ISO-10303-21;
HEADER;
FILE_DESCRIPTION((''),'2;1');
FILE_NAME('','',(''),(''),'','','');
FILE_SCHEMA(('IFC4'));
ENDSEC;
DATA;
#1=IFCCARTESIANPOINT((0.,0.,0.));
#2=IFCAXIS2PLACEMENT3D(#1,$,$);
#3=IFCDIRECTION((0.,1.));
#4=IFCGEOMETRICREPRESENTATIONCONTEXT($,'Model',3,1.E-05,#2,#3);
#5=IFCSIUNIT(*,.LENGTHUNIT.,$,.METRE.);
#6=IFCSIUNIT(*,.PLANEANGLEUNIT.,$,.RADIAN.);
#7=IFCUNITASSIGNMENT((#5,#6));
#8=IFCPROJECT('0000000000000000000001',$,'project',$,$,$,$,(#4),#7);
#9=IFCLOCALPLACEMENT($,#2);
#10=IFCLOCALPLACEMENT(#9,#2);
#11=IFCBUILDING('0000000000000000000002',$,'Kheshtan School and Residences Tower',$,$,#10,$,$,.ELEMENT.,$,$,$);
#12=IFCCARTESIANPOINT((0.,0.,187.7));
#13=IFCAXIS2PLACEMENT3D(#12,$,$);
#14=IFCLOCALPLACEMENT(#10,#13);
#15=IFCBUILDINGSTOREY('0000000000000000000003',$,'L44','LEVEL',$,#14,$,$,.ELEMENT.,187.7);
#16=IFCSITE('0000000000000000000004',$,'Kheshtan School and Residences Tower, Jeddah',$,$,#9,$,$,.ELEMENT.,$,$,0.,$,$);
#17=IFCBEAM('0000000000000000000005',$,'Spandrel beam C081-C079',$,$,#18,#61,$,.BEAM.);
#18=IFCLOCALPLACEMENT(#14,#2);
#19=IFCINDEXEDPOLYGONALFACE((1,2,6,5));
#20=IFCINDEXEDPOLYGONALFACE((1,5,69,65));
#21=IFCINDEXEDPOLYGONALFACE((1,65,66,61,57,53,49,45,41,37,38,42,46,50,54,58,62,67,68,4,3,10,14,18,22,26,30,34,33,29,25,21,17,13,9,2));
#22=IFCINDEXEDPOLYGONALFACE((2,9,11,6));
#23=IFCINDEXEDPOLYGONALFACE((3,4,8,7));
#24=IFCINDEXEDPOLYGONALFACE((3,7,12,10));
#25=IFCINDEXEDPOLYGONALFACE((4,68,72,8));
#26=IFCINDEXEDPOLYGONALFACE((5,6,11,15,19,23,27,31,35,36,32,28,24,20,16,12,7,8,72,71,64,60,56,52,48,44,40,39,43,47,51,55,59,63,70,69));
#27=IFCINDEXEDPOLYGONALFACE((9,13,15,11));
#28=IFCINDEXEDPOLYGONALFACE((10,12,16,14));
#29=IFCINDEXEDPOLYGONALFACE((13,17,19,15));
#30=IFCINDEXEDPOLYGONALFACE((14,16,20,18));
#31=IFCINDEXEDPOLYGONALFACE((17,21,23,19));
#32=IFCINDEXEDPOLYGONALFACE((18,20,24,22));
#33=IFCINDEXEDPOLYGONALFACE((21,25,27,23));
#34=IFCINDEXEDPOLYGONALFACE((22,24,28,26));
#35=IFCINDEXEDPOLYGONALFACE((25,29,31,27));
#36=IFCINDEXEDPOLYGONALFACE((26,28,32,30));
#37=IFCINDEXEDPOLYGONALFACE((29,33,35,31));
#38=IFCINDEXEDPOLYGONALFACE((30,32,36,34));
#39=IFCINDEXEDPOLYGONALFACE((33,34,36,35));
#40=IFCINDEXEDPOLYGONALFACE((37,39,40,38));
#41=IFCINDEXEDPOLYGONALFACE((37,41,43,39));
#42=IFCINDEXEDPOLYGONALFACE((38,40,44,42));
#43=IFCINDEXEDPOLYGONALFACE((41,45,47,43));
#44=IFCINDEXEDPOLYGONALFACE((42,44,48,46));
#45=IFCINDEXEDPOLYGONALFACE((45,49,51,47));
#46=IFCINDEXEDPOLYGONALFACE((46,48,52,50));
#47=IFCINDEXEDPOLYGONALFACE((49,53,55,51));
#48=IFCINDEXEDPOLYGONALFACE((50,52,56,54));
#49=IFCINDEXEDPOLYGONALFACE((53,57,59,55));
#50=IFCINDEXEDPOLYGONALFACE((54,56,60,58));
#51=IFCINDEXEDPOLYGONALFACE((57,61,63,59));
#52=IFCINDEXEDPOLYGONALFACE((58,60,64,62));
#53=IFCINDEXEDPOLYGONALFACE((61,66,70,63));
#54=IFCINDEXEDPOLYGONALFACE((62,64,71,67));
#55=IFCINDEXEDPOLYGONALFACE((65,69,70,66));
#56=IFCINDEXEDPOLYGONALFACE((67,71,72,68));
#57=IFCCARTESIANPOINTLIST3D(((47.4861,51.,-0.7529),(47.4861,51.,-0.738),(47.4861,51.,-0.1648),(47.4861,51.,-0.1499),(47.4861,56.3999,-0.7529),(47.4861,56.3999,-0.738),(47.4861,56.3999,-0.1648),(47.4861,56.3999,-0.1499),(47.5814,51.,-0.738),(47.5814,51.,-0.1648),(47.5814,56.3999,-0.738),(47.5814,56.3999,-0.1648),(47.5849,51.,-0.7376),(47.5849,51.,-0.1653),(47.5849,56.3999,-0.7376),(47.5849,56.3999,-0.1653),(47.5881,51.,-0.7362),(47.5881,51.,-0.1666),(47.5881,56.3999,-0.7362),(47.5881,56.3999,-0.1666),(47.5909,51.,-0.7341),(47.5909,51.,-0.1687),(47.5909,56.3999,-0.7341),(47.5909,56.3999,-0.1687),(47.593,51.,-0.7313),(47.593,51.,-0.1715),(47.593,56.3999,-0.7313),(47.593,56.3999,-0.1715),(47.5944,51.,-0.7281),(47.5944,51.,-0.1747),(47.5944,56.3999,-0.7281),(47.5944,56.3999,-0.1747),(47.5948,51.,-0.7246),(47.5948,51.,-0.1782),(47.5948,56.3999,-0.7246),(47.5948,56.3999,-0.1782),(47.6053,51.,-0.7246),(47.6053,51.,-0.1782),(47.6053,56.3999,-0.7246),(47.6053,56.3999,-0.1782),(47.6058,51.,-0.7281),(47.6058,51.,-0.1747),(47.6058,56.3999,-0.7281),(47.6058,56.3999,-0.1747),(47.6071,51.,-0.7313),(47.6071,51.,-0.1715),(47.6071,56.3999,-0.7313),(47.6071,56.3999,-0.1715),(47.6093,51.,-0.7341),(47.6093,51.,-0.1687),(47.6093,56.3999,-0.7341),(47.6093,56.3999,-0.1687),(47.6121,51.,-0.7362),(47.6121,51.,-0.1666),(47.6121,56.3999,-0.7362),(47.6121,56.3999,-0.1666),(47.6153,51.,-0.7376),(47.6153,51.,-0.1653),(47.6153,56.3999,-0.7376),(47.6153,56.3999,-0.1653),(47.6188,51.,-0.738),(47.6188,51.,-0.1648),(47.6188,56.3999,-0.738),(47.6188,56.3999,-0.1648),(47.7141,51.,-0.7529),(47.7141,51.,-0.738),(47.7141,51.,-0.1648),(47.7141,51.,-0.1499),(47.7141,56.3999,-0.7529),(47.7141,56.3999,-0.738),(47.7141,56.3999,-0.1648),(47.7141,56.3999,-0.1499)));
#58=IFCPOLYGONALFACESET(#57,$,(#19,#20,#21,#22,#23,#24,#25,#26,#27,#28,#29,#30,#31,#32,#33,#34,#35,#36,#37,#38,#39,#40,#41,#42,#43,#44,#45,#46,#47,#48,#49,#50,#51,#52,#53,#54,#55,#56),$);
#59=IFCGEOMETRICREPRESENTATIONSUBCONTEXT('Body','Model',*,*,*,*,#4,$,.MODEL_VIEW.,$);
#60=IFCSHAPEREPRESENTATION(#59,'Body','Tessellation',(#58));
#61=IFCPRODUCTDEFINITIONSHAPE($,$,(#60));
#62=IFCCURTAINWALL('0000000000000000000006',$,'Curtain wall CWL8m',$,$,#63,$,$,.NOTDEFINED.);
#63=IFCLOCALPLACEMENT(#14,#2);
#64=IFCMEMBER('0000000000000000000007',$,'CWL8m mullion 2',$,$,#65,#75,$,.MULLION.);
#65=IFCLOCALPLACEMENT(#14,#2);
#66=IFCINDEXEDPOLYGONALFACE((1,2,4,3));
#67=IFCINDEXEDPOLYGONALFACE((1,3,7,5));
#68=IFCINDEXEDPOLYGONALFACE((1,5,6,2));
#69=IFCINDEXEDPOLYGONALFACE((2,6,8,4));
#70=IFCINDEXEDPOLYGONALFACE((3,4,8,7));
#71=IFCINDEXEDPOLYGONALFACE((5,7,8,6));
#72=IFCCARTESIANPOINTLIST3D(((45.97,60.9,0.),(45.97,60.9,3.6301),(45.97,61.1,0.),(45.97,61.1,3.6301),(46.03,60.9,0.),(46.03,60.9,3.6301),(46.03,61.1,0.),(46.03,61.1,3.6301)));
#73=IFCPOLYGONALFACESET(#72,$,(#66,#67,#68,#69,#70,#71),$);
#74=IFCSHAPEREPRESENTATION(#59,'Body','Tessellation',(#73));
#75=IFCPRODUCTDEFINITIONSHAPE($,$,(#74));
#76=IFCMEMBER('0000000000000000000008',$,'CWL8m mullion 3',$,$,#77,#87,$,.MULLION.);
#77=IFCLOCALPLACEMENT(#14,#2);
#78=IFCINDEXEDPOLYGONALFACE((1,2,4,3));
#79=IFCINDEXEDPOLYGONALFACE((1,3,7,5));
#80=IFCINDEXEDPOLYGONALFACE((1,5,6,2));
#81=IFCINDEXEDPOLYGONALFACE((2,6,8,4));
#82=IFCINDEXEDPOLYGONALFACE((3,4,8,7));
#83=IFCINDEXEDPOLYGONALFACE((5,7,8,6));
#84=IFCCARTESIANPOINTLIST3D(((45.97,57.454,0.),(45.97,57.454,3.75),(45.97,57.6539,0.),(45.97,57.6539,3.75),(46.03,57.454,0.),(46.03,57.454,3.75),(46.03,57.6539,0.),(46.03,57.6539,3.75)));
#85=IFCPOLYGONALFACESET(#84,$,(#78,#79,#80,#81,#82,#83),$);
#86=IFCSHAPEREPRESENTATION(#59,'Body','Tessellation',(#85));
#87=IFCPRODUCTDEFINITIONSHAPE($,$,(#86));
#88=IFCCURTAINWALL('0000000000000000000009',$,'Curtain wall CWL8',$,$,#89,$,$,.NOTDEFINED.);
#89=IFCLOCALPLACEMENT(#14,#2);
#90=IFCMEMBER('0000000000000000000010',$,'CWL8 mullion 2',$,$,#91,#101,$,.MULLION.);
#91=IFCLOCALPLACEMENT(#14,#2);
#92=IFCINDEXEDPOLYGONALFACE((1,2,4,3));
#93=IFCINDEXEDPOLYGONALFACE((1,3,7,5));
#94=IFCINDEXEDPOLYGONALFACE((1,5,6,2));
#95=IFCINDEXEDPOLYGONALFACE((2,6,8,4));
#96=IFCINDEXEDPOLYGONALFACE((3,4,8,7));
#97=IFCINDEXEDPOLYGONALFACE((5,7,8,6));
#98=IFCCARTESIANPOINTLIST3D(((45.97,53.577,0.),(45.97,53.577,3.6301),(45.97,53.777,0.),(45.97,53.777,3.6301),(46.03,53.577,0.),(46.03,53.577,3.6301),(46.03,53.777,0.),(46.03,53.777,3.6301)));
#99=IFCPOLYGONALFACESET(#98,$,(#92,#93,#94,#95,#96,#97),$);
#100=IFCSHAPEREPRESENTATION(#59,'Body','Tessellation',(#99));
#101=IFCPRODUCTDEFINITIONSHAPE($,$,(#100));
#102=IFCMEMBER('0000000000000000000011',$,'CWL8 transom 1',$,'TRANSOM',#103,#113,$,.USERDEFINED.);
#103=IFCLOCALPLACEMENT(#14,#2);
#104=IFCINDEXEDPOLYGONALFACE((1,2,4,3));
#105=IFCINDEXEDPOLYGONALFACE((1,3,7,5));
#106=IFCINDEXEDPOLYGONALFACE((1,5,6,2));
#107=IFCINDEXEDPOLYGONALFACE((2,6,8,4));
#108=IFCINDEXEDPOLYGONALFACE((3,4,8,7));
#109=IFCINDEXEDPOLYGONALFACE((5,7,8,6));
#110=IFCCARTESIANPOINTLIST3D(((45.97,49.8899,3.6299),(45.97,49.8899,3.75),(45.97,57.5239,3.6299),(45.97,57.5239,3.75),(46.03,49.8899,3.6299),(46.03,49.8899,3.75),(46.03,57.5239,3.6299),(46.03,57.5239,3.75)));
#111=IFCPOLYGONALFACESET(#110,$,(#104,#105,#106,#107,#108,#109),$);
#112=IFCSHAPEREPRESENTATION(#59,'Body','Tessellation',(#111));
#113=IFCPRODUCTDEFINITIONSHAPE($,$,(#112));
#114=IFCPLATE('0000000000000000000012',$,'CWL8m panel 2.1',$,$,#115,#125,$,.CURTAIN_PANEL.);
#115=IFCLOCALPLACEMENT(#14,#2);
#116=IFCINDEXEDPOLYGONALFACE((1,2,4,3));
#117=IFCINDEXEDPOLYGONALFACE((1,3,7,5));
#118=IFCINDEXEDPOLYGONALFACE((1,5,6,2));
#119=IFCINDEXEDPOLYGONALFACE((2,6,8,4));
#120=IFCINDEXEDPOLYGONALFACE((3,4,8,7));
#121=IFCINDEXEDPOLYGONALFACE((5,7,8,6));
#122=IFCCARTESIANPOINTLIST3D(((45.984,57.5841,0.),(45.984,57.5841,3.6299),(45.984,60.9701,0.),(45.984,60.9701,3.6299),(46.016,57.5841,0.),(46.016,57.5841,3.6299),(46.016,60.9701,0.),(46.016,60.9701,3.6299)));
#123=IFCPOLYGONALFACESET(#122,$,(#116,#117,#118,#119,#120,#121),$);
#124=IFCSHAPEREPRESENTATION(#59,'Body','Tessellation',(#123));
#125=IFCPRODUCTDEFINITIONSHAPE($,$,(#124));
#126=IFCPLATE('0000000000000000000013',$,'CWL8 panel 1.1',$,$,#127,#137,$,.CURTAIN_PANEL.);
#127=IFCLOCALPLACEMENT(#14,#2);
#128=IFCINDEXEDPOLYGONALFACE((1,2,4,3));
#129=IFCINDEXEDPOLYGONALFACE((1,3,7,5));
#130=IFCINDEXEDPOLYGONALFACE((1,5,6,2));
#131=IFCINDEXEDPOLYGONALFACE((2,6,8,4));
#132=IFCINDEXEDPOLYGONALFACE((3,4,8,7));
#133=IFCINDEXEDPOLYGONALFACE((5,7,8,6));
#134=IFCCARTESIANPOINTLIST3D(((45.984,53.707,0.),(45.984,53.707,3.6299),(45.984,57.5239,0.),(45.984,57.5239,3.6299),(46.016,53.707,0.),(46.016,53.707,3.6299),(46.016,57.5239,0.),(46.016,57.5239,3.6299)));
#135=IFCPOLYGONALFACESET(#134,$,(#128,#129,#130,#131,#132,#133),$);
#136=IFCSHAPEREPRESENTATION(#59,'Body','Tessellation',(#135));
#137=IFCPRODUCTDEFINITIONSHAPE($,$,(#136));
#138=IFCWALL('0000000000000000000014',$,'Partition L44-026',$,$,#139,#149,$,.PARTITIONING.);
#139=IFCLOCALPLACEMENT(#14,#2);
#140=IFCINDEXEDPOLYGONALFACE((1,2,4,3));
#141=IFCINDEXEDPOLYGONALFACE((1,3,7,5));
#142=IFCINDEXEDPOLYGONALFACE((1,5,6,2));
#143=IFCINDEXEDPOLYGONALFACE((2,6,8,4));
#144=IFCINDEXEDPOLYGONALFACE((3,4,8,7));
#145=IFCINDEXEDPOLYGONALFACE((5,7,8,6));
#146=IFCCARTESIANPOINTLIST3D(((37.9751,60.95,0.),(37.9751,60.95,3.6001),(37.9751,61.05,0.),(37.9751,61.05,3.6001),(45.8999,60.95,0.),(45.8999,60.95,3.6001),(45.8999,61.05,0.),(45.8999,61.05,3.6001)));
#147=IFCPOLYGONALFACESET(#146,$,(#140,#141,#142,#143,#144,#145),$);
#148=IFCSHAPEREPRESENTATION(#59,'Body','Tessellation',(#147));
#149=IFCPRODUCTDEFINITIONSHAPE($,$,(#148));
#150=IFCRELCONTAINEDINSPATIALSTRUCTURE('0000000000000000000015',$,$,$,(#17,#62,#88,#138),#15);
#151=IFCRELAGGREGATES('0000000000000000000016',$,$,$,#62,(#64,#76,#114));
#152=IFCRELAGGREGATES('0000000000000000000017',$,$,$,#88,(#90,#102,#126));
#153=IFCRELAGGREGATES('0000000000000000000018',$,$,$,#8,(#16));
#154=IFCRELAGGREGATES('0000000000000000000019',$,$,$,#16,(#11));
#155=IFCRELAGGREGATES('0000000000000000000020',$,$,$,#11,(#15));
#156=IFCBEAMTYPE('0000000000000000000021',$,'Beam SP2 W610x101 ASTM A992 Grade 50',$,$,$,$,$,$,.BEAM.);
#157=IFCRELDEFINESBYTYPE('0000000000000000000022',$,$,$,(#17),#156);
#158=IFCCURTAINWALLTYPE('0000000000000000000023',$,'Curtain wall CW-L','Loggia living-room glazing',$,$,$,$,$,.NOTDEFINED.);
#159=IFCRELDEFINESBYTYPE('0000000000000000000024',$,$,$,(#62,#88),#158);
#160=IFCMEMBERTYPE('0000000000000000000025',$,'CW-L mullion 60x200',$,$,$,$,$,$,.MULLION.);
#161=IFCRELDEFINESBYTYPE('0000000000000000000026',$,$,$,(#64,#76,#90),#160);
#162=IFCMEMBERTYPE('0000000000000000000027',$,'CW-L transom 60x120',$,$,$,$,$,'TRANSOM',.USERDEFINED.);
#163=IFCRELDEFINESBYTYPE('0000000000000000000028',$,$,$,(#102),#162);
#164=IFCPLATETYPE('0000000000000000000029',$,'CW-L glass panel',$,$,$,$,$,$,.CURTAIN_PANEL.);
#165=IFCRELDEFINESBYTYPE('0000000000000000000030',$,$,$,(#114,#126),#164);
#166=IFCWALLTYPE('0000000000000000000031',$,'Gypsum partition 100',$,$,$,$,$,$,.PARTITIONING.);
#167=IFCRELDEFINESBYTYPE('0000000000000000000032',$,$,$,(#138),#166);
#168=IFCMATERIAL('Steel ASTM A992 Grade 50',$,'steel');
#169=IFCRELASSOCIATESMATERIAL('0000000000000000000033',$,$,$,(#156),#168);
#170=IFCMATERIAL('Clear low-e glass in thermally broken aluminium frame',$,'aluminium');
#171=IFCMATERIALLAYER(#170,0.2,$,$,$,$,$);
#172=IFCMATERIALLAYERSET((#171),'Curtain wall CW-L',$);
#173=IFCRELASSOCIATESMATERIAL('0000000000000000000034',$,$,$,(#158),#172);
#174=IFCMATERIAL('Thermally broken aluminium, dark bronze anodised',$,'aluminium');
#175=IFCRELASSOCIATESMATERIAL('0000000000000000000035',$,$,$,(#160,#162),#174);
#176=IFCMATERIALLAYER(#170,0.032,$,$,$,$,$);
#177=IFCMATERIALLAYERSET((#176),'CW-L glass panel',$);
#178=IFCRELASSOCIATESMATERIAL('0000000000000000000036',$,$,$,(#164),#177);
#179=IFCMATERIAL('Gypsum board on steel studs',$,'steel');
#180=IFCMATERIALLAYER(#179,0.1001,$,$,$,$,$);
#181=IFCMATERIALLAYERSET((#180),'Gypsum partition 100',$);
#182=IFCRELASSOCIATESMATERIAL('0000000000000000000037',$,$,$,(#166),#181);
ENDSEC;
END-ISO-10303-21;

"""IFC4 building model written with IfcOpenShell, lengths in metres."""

from ifc_helpers import new_model, si_unit, direction, frame, frame_2d, origin, origin_2d, place, context, subcontext, project, spatial, rectangle, i_section, extrude, material, layer, layer_set, material_profile, profile_set, type_object, element, aggregate, save


model = new_model("IFC4")

# Units and contexts
model_context = context("Model", 3, precision=1e-05, world=origin(), true_north=direction((0.0, 1.0)))
body_context = subcontext(model_context, "Body", "Model", "MODEL_VIEW")
ifc_project = project(units=[si_unit("LENGTHUNIT", "METRE"), si_unit("PLANEANGLEUNIT", "RADIAN")], contexts=[model_context])

# Site, building, storey
site_placement = place(None, origin())
site = spatial("IfcSite", under=ifc_project, at=site_placement, Name="Kheshtan School and Residences Tower, Jeddah", CompositionType="ELEMENT", RefElevation=0.0)
building_placement = place(site_placement, origin())
building = spatial("IfcBuilding", under=site, at=building_placement, Name="Kheshtan School and Residences Tower", CompositionType="ELEMENT")
storey_placement = place(building_placement, frame((0.0, 0.0, 187.7)))
storey = spatial("IfcBuildingStorey", under=building, at=storey_placement, Name="L44", Description="LEVEL", CompositionType="ELEMENT", Elevation=187.7)

# Shared definitions
ifc_material_1 = material(Name="Steel ASTM A992 Grade 50", Category="steel")

# Beam
ifc_material_profile_1 = material_profile(ifc_material_1, i_section(OverallWidth=0.228, OverallDepth=0.603, WebThickness=0.0105, FlangeThickness=0.0149, FilletRadius=0.0134, at=origin_2d()), Name="W610x101")
ifc_profile_set_1 = profile_set([ifc_material_profile_1], Name="Steel ASTM A992 Grade 50")
beam_type_1 = type_object("IfcBeamType", Name="Beam SP2 W610x101 ASTM A992 Grade 50", PredefinedType="BEAM", material=ifc_profile_set_1)
beam_1_placement = place(storey_placement, frame((47.6001, 56.3999, -0.4514), z_axis=(0.0, -1.0, 0.0), x_axis=(1.0, 0.0, 0.0)))
element("IfcBeam", 1, at=beam_1_placement, inside=storey, type_object=beam_type_1, Name="Spandrel beam C081-C079", PredefinedType="BEAM", context=body_context, shape_type="SweptSolid", body=[
    extrude(i_section(OverallWidth=0.228, OverallDepth=0.603, WebThickness=0.0105, FlangeThickness=0.0149, FilletRadius=0.0134, at=origin_2d()), origin(), (0.0, 0.0, 1.0), 5.3999),
])

# Curtain walls, members
ifc_material_2 = material(Name="Clear low-e glass in thermally broken aluminium frame", Category="aluminium")
ifc_layer_1 = layer(ifc_material_2, 0.2)
ifc_layer_set_1 = layer_set([ifc_layer_1], Name="Curtain wall CW-L")
curtain_wall_type = type_object("IfcCurtainWallType", Name="Curtain wall CW-L", Description="Loggia living-room glazing", PredefinedType="NOTDEFINED", material=ifc_layer_set_1)
curtain_wall_1_placement = place(storey_placement, origin())
curtain_wall_1 = element("IfcCurtainWall", 2, at=curtain_wall_1_placement, inside=storey, type_object=curtain_wall_type, Name="Curtain wall CWL8m", PredefinedType="NOTDEFINED")
ifc_material_3 = material(Name="Thermally broken aluminium, dark bronze anodised", Category="aluminium")
ifc_material_profile_2 = material_profile(ifc_material_3, rectangle(XDim=0.0601, YDim=0.2, at=origin_2d()), Name="CW-L mullion 60x200")
ifc_profile_set_2 = profile_set([ifc_material_profile_2], Name="Thermally broken aluminium, dark bronze anodised")
member_type_1 = type_object("IfcMemberType", Name="CW-L mullion 60x200", PredefinedType="MULLION", material=ifc_profile_set_2)
member_1_placement = place(storey_placement, frame((46.0, 61.0, 0.0), z_axis=(0.0, 0.0, 1.0), x_axis=(1.0, 0.0, 0.0)))
member_1 = element("IfcMember", 3, at=member_1_placement, type_object=member_type_1, Name="CWL8m mullion 2", PredefinedType="MULLION", context=body_context, shape_type="SweptSolid", body=[
    extrude(rectangle(XDim=0.0601, YDim=0.2, at=origin_2d()), origin(), (0.0, 0.0, 1.0), 3.6301),
])
member_2_placement = place(storey_placement, frame((46.0, 57.554, 0.0), z_axis=(0.0, 0.0, 1.0), x_axis=(1.0, 0.0, 0.0)))
member_2 = element("IfcMember", 4, at=member_2_placement, type_object=member_type_1, Name="CWL8m mullion 3", PredefinedType="MULLION", context=body_context, shape_type="SweptSolid", body=[
    extrude(rectangle(XDim=0.0601, YDim=0.2, at=origin_2d()), origin(), (0.0, 0.0, 1.0), 3.75),
])
curtain_wall_2_placement = place(storey_placement, origin())
curtain_wall_2 = element("IfcCurtainWall", 5, at=curtain_wall_2_placement, inside=storey, type_object=curtain_wall_type, Name="Curtain wall CWL8", PredefinedType="NOTDEFINED")
member_3_placement = place(storey_placement, frame((46.0, 53.677, 0.0), z_axis=(0.0, 0.0, 1.0), x_axis=(1.0, 0.0, 0.0)))
member_3 = element("IfcMember", 6, at=member_3_placement, type_object=member_type_1, Name="CWL8 mullion 2", PredefinedType="MULLION", context=body_context, shape_type="SweptSolid", body=[
    extrude(rectangle(XDim=0.0601, YDim=0.2, at=origin_2d()), origin(), (0.0, 0.0, 1.0), 3.6301),
])
ifc_material_profile_3 = material_profile(ifc_material_3, rectangle(XDim=0.0601, YDim=0.1201, at=origin_2d()), Name="CW-L transom 60x120")
ifc_profile_set_3 = profile_set([ifc_material_profile_3], Name="Thermally broken aluminium, dark bronze anodised")
member_type_2 = type_object("IfcMemberType", Name="CW-L transom 60x120", ElementType="TRANSOM", PredefinedType="USERDEFINED", material=ifc_profile_set_3)
member_4_placement = place(storey_placement, frame((46.0, 57.5239, 3.6899), z_axis=(0.0, -1.0, 0.0), x_axis=(1.0, 0.0, 0.0)))
member_4 = element("IfcMember", 7, at=member_4_placement, type_object=member_type_2, Name="CWL8 transom 1", ObjectType="TRANSOM", PredefinedType="USERDEFINED", context=body_context, shape_type="SweptSolid", body=[
    extrude(rectangle(XDim=0.0601, YDim=0.1201, at=origin_2d()), origin(), (0.0, 0.0, 1.0), 7.634),
])

# Plates
ifc_layer_2 = layer(ifc_material_2, 0.032)
ifc_layer_set_2 = layer_set([ifc_layer_2], Name="CW-L glass panel")
plate_type = type_object("IfcPlateType", Name="CW-L glass panel", PredefinedType="CURTAIN_PANEL", material=ifc_layer_set_2)
plate_1_placement = place(storey_placement, frame((46.0, 59.2771, 0.0), z_axis=(0.0, 0.0, 1.0), x_axis=(0.0, -1.0, 0.0)))
plate_1 = element("IfcPlate", 8, at=plate_1_placement, type_object=plate_type, Name="CWL8m panel 2.1", PredefinedType="CURTAIN_PANEL", context=body_context, shape_type="SweptSolid", body=[
    extrude(rectangle(XDim=3.386, YDim=0.032, at=origin_2d()), origin(), (0.0, 0.0, 1.0), 3.6299),
])
aggregate(curtain_wall_1, [member_1, member_2, plate_1])
plate_2_placement = place(storey_placement, frame((46.0, 55.6155, 0.0), z_axis=(0.0, 0.0, 1.0), x_axis=(0.0, -1.0, 0.0)))
plate_2 = element("IfcPlate", 9, at=plate_2_placement, type_object=plate_type, Name="CWL8 panel 1.1", PredefinedType="CURTAIN_PANEL", context=body_context, shape_type="SweptSolid", body=[
    extrude(rectangle(XDim=3.8169, YDim=0.032, at=origin_2d()), origin(), (0.0, 0.0, 1.0), 3.6299),
])
aggregate(curtain_wall_2, [member_3, member_4, plate_2])

# Wall
ifc_material_4 = material(Name="Gypsum board on steel studs", Category="steel")
ifc_layer_3 = layer(ifc_material_4, 0.1001)
ifc_layer_set_3 = layer_set([ifc_layer_3], Name="Gypsum partition 100")
wall_type_1 = type_object("IfcWallType", Name="Gypsum partition 100", PredefinedType="PARTITIONING", material=ifc_layer_set_3)
wall_1_placement = place(storey_placement, frame((37.9751, 61.0, 0.0), z_axis=(0.0, 0.0, 1.0), x_axis=(1.0, 0.0, 0.0)))
element("IfcWall", 10, at=wall_1_placement, inside=storey, type_object=wall_type_1, Name="Partition L44-026", PredefinedType="PARTITIONING", context=body_context, shape_type="SweptSolid", body=[
    extrude(rectangle(XDim=7.9248, YDim=0.1001, at=frame_2d((3.9624, 0.0))), origin(), (0.0, 0.0, 1.0), 3.6001),
])

save(model, "model.ifc")
